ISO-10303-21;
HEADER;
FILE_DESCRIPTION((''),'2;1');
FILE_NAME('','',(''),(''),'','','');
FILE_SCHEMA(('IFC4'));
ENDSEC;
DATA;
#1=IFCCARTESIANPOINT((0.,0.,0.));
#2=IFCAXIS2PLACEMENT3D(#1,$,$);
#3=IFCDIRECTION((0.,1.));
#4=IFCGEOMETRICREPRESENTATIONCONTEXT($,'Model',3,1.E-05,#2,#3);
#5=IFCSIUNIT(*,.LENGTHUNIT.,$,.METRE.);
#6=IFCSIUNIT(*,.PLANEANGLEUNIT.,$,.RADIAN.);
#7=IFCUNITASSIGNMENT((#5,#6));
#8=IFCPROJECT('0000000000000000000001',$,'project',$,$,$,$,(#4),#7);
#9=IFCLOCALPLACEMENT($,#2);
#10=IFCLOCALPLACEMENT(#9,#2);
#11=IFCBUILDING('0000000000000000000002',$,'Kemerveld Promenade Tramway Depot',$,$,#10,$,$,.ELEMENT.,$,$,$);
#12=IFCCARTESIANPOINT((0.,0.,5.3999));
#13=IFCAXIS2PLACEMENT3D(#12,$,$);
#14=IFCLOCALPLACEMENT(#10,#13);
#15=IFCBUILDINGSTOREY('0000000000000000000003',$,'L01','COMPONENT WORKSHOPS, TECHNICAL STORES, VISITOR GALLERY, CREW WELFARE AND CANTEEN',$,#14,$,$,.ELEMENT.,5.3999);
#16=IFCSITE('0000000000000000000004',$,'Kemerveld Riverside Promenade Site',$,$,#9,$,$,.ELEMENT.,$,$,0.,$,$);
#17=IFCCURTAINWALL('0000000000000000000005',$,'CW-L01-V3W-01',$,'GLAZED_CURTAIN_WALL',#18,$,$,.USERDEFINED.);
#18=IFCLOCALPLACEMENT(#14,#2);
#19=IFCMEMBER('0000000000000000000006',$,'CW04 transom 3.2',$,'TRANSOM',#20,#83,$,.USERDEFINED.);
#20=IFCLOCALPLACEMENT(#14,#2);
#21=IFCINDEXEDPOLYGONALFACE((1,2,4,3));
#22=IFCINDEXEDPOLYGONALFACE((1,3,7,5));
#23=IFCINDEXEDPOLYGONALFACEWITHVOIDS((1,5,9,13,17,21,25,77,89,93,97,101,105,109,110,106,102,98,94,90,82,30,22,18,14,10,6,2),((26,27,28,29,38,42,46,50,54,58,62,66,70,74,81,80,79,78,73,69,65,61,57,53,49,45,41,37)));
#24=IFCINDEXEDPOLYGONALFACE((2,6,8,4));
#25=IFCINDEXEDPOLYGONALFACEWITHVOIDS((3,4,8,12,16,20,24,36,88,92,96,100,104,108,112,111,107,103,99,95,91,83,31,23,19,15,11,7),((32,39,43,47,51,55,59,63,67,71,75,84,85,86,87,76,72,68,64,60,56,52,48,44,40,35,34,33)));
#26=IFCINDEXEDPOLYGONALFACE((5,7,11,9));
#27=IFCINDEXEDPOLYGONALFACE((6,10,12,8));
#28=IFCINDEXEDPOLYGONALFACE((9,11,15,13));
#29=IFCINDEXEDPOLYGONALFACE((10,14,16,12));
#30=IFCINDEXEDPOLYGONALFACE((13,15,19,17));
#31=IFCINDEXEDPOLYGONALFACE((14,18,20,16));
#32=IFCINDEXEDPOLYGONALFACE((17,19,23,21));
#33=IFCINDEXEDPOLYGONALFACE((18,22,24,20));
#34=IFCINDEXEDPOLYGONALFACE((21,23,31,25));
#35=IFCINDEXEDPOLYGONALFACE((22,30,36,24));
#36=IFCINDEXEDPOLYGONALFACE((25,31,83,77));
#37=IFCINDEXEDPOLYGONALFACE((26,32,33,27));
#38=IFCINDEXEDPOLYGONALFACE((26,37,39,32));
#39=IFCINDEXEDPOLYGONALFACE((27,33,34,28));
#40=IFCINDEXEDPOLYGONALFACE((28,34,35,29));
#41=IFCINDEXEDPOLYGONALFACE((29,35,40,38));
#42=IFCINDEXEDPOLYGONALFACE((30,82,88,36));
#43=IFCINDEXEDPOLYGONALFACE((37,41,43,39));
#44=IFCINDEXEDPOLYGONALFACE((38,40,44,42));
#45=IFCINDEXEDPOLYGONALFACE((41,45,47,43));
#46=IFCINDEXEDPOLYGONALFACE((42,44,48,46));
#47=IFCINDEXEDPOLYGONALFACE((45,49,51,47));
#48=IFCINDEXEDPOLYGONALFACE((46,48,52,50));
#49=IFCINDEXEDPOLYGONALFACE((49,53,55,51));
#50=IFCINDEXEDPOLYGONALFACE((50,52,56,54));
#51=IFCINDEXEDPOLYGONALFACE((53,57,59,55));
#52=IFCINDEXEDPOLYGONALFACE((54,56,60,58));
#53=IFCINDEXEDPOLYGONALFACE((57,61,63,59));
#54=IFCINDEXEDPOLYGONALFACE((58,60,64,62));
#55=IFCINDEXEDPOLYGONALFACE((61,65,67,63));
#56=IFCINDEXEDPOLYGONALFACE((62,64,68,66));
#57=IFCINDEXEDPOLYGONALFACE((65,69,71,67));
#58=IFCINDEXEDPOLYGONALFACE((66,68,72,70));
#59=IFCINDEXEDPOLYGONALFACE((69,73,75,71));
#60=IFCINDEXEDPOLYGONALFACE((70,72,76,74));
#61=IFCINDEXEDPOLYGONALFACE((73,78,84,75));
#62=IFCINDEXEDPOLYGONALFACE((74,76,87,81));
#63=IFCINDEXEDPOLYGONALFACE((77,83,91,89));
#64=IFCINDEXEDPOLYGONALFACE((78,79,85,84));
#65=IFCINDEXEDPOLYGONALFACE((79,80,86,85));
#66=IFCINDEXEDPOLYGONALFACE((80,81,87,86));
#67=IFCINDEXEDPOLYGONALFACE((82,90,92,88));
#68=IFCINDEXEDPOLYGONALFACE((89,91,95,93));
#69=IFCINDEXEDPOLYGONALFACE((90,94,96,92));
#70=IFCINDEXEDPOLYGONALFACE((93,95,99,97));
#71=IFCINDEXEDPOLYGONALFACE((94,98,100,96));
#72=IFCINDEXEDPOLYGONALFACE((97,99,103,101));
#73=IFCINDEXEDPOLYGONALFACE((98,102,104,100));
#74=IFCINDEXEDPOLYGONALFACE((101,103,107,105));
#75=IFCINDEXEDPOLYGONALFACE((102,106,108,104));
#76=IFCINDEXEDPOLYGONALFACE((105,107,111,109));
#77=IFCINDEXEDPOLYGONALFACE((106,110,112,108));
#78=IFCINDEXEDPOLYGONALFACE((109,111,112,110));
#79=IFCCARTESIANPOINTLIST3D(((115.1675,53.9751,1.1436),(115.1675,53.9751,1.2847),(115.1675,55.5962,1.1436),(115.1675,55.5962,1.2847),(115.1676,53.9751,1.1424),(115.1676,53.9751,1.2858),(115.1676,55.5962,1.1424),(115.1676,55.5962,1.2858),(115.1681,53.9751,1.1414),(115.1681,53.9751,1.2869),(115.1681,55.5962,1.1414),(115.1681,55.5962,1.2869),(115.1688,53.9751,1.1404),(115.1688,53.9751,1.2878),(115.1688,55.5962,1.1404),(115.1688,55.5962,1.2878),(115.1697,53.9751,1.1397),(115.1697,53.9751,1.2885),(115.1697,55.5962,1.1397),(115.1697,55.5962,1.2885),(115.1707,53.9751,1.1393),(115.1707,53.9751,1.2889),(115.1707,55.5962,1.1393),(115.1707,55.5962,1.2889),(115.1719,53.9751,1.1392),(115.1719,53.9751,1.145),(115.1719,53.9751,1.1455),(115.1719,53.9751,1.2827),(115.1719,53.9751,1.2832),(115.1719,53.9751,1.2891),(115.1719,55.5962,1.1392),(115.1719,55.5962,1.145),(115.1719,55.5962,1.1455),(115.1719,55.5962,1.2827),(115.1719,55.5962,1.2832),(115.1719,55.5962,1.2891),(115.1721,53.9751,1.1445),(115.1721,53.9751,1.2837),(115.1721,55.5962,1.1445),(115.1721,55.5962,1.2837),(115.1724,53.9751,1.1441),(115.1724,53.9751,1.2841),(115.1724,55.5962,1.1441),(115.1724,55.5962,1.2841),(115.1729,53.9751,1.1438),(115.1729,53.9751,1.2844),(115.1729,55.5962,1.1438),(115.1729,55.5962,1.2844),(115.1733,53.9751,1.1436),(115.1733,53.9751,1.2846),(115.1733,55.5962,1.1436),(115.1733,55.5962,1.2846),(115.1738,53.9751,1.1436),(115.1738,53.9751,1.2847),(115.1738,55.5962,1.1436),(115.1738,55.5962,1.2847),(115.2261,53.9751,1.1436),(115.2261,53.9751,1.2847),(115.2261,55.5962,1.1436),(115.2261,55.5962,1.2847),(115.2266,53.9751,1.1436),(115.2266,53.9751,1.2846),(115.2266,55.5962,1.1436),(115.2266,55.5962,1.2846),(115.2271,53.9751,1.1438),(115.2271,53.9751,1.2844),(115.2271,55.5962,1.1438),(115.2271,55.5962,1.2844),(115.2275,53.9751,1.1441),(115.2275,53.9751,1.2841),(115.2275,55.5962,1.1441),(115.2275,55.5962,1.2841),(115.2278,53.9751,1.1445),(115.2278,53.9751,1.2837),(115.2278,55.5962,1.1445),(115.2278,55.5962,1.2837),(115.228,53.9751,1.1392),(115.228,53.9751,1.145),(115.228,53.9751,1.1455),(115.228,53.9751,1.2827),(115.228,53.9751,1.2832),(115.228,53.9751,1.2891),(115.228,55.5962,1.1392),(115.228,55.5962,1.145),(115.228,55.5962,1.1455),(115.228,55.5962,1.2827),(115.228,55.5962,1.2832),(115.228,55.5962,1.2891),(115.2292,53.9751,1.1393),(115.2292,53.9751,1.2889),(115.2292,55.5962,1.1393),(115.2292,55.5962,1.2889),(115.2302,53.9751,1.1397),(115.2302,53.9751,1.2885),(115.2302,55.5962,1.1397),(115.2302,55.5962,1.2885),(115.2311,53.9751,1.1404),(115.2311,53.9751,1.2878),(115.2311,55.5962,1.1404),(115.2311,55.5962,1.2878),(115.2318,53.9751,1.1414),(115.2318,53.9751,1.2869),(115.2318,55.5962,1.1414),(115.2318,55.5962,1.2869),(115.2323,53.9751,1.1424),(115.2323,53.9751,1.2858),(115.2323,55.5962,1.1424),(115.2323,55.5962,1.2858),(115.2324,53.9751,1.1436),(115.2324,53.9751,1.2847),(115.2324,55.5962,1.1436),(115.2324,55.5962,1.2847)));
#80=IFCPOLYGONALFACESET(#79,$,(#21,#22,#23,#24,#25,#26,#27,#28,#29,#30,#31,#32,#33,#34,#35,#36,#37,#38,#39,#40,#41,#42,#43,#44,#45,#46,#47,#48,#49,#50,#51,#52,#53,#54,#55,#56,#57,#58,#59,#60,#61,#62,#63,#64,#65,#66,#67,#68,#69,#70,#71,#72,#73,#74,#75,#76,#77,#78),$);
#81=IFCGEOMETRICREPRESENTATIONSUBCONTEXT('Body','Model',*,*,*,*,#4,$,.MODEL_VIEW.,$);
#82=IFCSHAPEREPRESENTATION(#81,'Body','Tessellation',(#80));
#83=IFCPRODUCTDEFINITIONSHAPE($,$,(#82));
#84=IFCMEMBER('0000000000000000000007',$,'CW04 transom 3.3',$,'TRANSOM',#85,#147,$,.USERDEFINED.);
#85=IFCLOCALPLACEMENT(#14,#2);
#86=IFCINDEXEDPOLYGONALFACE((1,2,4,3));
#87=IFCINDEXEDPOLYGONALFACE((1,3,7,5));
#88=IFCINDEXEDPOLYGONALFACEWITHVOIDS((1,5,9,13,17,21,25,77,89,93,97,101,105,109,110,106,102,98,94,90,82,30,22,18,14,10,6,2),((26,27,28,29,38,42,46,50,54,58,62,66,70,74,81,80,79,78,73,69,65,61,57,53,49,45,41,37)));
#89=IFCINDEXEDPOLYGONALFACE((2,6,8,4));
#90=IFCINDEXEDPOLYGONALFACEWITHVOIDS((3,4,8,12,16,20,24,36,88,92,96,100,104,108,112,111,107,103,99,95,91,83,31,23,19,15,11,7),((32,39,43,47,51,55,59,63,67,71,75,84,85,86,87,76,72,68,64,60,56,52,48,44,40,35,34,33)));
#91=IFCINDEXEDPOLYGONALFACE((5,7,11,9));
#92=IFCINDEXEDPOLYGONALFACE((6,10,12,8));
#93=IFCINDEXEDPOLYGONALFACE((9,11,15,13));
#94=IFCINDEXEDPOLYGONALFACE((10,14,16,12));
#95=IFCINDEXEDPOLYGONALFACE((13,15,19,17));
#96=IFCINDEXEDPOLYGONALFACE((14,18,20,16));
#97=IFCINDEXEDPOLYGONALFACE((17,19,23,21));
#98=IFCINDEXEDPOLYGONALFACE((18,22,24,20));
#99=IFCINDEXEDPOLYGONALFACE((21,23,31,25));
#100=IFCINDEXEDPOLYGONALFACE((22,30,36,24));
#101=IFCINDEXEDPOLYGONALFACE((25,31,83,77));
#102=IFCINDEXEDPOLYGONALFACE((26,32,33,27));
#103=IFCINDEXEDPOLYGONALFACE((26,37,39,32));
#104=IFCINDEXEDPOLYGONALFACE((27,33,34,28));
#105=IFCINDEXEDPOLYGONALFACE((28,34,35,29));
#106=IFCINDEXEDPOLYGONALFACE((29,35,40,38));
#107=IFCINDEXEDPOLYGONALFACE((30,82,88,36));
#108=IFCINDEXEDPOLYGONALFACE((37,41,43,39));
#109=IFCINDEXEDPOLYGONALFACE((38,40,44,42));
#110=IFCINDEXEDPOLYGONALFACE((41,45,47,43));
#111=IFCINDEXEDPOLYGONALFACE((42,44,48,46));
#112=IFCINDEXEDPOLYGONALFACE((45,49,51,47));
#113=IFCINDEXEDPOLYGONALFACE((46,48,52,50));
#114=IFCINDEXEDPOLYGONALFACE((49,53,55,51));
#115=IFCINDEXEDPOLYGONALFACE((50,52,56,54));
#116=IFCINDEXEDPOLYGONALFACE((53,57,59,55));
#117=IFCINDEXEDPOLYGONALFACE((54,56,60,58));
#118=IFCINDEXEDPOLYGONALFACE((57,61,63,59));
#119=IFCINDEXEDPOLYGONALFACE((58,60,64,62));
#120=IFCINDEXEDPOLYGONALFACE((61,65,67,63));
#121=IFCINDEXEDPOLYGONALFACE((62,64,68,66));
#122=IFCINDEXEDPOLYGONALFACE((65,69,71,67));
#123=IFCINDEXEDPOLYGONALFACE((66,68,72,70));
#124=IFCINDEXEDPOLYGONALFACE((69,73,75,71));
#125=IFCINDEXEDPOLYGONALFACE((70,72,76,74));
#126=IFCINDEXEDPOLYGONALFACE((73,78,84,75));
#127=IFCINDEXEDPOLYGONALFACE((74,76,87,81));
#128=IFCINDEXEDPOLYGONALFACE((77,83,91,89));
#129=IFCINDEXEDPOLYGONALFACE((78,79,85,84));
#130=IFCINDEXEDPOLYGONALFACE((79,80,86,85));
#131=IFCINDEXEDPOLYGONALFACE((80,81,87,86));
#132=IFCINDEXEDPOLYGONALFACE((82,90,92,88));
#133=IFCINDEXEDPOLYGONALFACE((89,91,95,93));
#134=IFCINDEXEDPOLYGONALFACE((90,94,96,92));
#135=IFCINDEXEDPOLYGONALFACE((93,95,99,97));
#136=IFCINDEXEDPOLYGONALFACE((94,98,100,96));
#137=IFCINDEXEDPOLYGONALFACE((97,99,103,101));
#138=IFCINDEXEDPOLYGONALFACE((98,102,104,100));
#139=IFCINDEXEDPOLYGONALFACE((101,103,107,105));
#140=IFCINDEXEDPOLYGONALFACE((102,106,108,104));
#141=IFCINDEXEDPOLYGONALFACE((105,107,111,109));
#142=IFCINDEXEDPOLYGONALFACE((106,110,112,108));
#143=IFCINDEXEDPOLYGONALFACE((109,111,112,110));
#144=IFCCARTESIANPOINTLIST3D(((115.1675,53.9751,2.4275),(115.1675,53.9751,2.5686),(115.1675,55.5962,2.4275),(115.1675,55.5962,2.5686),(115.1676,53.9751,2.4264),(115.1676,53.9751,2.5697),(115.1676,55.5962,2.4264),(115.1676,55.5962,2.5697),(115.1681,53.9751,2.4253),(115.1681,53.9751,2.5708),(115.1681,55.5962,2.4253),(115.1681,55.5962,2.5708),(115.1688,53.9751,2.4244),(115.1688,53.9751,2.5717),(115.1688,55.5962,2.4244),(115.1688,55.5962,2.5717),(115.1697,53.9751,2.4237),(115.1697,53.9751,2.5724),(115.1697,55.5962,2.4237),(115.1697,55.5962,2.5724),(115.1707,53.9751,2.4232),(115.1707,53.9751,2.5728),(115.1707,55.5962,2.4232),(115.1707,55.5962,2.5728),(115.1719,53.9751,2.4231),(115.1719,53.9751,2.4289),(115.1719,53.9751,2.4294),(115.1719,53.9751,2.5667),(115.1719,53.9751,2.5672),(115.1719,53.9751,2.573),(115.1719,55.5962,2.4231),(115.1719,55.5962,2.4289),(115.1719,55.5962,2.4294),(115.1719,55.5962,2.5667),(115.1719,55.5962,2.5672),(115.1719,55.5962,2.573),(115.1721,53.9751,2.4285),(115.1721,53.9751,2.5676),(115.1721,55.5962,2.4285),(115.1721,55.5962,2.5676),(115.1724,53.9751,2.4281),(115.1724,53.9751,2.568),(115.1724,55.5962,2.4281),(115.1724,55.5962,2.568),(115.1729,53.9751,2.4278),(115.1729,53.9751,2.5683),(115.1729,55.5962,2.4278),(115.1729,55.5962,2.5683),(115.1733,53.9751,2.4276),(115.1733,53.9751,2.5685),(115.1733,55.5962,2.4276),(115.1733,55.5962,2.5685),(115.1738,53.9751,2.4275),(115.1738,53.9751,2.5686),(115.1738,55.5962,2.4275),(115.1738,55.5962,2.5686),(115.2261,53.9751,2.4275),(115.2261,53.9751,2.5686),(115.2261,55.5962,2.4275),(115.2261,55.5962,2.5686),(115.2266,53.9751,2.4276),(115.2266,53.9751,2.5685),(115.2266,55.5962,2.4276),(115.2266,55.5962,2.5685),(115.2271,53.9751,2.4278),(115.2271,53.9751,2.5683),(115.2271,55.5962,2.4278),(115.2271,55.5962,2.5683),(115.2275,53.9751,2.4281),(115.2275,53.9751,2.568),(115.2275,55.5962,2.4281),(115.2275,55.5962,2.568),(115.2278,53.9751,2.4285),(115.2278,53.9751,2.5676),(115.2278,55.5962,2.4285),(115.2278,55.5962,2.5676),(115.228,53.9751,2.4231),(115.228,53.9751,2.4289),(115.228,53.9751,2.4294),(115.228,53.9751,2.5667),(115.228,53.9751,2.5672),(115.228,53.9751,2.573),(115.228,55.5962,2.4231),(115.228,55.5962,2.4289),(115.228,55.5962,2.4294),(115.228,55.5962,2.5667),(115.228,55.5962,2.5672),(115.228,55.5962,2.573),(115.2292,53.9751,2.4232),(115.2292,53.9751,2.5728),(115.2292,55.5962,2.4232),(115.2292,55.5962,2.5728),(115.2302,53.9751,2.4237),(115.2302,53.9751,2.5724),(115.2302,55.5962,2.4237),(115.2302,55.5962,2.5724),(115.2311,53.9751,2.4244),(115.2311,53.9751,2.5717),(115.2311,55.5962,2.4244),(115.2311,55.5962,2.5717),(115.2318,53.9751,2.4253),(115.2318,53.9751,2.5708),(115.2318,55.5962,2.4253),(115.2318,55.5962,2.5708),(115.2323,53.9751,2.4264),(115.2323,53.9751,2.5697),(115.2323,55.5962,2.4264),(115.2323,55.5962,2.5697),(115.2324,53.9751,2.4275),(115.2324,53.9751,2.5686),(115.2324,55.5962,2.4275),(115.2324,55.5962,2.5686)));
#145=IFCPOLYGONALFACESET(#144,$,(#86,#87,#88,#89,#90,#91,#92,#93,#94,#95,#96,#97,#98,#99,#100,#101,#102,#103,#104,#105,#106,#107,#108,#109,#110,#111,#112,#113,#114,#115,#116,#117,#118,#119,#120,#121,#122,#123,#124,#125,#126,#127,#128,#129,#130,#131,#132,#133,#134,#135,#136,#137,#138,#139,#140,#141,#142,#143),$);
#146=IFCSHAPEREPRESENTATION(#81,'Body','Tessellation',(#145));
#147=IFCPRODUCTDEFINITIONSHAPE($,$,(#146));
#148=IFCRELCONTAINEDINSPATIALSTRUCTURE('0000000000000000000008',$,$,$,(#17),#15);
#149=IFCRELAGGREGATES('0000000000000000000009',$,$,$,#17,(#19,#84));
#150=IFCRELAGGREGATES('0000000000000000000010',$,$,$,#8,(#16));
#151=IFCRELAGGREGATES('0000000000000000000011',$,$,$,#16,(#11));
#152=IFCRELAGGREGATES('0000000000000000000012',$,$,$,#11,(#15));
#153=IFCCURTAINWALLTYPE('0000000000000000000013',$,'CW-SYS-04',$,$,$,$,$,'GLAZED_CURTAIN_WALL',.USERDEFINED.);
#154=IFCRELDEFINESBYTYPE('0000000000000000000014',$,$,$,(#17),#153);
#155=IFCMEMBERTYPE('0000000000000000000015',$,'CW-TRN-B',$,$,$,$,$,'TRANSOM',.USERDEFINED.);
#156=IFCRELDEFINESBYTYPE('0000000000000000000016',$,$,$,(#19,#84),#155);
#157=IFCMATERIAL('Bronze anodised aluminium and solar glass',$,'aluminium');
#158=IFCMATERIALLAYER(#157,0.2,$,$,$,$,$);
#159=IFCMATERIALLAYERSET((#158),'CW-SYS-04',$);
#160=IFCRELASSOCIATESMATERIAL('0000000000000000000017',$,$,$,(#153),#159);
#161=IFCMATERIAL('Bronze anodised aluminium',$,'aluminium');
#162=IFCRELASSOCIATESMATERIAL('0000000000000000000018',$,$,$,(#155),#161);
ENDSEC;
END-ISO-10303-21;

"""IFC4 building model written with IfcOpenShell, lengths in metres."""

from ifc_helpers import new_model, si_unit, direction, frame, origin, origin_2d, place, context, subcontext, project, spatial, hollow_rectangle, extrude, material, layer, layer_set, material_profile, profile_set, type_object, element, aggregate, save


model = new_model("IFC4")

# Units and contexts
model_context = context("Model", 3, precision=1e-05, world=origin(), true_north=direction((0.0, 1.0)))
body_context = subcontext(model_context, "Body", "Model", "MODEL_VIEW")
ifc_project = project(units=[si_unit("LENGTHUNIT", "METRE"), si_unit("PLANEANGLEUNIT", "RADIAN")], contexts=[model_context])

# Site, building, storey
site_placement = place(None, origin())
site = spatial("IfcSite", under=ifc_project, at=site_placement, Name="Kemerveld Riverside Promenade Site", CompositionType="ELEMENT", RefElevation=0.0)
building_placement = place(site_placement, origin())
building = spatial("IfcBuilding", under=site, at=building_placement, Name="Kemerveld Promenade Tramway Depot", CompositionType="ELEMENT")
storey_placement = place(building_placement, frame((0.0, 0.0, 5.3999)))
storey = spatial("IfcBuildingStorey", under=building, at=storey_placement, Name="L01", Description="COMPONENT WORKSHOPS, TECHNICAL STORES, VISITOR GALLERY, CREW WELFARE AND CANTEEN", CompositionType="ELEMENT", Elevation=5.3999)

# Curtain wall, members
ifc_material_1 = material(Name="Bronze anodised aluminium and solar glass", Category="aluminium")
ifc_layer_1 = layer(ifc_material_1, 0.2)
ifc_layer_set_1 = layer_set([ifc_layer_1], Name="CW-SYS-04")
curtain_wall_type = type_object("IfcCurtainWallType", Name="CW-SYS-04", ElementType="GLAZED_CURTAIN_WALL", PredefinedType="USERDEFINED", material=ifc_layer_set_1)
curtain_wall_placement = place(storey_placement, origin())
curtain_wall = element("IfcCurtainWall", 1, at=curtain_wall_placement, inside=storey, type_object=curtain_wall_type, Name="CW-L01-V3W-01", ObjectType="GLAZED_CURTAIN_WALL", PredefinedType="USERDEFINED")
ifc_material_2 = material(Name="Bronze anodised aluminium", Category="aluminium")
ifc_material_profile_1 = material_profile(ifc_material_2, hollow_rectangle(XDim=0.0649, YDim=0.1499, WallThickness=0.0044, InnerFilletRadius=0.002, OuterFilletRadius=0.0044, at=origin_2d()), Name="CW-TRN-150x65")
ifc_profile_set_1 = profile_set([ifc_material_profile_1], Name="Bronze anodised aluminium")
member_type_1 = type_object("IfcMemberType", Name="CW-TRN-B", ElementType="TRANSOM", PredefinedType="USERDEFINED", material=ifc_profile_set_1)
member_1_placement = place(storey_placement, frame((115.2, 53.9751, 1.2141), z_axis=(0.0, 1.0, 0.0), x_axis=(-1.0, 0.0, 0.0)))
member_1 = element("IfcMember", 2, at=member_1_placement, type_object=member_type_1, Name="CW04 transom 3.2", ObjectType="TRANSOM", PredefinedType="USERDEFINED", context=body_context, shape_type="SweptSolid", body=[
    extrude(hollow_rectangle(XDim=0.0649, YDim=0.1499, WallThickness=0.0044, InnerFilletRadius=0.002, OuterFilletRadius=0.0044, at=origin_2d()), origin(), (0.0, 0.0, 1.0), 1.6211),
])
member_2_placement = place(storey_placement, frame((115.2, 53.9751, 2.498), z_axis=(0.0, 1.0, 0.0), x_axis=(-1.0, 0.0, 0.0)))
member_2 = element("IfcMember", 3, at=member_2_placement, type_object=member_type_1, Name="CW04 transom 3.3", ObjectType="TRANSOM", PredefinedType="USERDEFINED", context=body_context, shape_type="SweptSolid", body=[
    extrude(hollow_rectangle(XDim=0.0649, YDim=0.1499, WallThickness=0.0044, InnerFilletRadius=0.002, OuterFilletRadius=0.0044, at=origin_2d()), origin(), (0.0, 0.0, 1.0), 1.6211),
])
aggregate(curtain_wall, [member_1, member_2])

save(model, "model.ifc")
